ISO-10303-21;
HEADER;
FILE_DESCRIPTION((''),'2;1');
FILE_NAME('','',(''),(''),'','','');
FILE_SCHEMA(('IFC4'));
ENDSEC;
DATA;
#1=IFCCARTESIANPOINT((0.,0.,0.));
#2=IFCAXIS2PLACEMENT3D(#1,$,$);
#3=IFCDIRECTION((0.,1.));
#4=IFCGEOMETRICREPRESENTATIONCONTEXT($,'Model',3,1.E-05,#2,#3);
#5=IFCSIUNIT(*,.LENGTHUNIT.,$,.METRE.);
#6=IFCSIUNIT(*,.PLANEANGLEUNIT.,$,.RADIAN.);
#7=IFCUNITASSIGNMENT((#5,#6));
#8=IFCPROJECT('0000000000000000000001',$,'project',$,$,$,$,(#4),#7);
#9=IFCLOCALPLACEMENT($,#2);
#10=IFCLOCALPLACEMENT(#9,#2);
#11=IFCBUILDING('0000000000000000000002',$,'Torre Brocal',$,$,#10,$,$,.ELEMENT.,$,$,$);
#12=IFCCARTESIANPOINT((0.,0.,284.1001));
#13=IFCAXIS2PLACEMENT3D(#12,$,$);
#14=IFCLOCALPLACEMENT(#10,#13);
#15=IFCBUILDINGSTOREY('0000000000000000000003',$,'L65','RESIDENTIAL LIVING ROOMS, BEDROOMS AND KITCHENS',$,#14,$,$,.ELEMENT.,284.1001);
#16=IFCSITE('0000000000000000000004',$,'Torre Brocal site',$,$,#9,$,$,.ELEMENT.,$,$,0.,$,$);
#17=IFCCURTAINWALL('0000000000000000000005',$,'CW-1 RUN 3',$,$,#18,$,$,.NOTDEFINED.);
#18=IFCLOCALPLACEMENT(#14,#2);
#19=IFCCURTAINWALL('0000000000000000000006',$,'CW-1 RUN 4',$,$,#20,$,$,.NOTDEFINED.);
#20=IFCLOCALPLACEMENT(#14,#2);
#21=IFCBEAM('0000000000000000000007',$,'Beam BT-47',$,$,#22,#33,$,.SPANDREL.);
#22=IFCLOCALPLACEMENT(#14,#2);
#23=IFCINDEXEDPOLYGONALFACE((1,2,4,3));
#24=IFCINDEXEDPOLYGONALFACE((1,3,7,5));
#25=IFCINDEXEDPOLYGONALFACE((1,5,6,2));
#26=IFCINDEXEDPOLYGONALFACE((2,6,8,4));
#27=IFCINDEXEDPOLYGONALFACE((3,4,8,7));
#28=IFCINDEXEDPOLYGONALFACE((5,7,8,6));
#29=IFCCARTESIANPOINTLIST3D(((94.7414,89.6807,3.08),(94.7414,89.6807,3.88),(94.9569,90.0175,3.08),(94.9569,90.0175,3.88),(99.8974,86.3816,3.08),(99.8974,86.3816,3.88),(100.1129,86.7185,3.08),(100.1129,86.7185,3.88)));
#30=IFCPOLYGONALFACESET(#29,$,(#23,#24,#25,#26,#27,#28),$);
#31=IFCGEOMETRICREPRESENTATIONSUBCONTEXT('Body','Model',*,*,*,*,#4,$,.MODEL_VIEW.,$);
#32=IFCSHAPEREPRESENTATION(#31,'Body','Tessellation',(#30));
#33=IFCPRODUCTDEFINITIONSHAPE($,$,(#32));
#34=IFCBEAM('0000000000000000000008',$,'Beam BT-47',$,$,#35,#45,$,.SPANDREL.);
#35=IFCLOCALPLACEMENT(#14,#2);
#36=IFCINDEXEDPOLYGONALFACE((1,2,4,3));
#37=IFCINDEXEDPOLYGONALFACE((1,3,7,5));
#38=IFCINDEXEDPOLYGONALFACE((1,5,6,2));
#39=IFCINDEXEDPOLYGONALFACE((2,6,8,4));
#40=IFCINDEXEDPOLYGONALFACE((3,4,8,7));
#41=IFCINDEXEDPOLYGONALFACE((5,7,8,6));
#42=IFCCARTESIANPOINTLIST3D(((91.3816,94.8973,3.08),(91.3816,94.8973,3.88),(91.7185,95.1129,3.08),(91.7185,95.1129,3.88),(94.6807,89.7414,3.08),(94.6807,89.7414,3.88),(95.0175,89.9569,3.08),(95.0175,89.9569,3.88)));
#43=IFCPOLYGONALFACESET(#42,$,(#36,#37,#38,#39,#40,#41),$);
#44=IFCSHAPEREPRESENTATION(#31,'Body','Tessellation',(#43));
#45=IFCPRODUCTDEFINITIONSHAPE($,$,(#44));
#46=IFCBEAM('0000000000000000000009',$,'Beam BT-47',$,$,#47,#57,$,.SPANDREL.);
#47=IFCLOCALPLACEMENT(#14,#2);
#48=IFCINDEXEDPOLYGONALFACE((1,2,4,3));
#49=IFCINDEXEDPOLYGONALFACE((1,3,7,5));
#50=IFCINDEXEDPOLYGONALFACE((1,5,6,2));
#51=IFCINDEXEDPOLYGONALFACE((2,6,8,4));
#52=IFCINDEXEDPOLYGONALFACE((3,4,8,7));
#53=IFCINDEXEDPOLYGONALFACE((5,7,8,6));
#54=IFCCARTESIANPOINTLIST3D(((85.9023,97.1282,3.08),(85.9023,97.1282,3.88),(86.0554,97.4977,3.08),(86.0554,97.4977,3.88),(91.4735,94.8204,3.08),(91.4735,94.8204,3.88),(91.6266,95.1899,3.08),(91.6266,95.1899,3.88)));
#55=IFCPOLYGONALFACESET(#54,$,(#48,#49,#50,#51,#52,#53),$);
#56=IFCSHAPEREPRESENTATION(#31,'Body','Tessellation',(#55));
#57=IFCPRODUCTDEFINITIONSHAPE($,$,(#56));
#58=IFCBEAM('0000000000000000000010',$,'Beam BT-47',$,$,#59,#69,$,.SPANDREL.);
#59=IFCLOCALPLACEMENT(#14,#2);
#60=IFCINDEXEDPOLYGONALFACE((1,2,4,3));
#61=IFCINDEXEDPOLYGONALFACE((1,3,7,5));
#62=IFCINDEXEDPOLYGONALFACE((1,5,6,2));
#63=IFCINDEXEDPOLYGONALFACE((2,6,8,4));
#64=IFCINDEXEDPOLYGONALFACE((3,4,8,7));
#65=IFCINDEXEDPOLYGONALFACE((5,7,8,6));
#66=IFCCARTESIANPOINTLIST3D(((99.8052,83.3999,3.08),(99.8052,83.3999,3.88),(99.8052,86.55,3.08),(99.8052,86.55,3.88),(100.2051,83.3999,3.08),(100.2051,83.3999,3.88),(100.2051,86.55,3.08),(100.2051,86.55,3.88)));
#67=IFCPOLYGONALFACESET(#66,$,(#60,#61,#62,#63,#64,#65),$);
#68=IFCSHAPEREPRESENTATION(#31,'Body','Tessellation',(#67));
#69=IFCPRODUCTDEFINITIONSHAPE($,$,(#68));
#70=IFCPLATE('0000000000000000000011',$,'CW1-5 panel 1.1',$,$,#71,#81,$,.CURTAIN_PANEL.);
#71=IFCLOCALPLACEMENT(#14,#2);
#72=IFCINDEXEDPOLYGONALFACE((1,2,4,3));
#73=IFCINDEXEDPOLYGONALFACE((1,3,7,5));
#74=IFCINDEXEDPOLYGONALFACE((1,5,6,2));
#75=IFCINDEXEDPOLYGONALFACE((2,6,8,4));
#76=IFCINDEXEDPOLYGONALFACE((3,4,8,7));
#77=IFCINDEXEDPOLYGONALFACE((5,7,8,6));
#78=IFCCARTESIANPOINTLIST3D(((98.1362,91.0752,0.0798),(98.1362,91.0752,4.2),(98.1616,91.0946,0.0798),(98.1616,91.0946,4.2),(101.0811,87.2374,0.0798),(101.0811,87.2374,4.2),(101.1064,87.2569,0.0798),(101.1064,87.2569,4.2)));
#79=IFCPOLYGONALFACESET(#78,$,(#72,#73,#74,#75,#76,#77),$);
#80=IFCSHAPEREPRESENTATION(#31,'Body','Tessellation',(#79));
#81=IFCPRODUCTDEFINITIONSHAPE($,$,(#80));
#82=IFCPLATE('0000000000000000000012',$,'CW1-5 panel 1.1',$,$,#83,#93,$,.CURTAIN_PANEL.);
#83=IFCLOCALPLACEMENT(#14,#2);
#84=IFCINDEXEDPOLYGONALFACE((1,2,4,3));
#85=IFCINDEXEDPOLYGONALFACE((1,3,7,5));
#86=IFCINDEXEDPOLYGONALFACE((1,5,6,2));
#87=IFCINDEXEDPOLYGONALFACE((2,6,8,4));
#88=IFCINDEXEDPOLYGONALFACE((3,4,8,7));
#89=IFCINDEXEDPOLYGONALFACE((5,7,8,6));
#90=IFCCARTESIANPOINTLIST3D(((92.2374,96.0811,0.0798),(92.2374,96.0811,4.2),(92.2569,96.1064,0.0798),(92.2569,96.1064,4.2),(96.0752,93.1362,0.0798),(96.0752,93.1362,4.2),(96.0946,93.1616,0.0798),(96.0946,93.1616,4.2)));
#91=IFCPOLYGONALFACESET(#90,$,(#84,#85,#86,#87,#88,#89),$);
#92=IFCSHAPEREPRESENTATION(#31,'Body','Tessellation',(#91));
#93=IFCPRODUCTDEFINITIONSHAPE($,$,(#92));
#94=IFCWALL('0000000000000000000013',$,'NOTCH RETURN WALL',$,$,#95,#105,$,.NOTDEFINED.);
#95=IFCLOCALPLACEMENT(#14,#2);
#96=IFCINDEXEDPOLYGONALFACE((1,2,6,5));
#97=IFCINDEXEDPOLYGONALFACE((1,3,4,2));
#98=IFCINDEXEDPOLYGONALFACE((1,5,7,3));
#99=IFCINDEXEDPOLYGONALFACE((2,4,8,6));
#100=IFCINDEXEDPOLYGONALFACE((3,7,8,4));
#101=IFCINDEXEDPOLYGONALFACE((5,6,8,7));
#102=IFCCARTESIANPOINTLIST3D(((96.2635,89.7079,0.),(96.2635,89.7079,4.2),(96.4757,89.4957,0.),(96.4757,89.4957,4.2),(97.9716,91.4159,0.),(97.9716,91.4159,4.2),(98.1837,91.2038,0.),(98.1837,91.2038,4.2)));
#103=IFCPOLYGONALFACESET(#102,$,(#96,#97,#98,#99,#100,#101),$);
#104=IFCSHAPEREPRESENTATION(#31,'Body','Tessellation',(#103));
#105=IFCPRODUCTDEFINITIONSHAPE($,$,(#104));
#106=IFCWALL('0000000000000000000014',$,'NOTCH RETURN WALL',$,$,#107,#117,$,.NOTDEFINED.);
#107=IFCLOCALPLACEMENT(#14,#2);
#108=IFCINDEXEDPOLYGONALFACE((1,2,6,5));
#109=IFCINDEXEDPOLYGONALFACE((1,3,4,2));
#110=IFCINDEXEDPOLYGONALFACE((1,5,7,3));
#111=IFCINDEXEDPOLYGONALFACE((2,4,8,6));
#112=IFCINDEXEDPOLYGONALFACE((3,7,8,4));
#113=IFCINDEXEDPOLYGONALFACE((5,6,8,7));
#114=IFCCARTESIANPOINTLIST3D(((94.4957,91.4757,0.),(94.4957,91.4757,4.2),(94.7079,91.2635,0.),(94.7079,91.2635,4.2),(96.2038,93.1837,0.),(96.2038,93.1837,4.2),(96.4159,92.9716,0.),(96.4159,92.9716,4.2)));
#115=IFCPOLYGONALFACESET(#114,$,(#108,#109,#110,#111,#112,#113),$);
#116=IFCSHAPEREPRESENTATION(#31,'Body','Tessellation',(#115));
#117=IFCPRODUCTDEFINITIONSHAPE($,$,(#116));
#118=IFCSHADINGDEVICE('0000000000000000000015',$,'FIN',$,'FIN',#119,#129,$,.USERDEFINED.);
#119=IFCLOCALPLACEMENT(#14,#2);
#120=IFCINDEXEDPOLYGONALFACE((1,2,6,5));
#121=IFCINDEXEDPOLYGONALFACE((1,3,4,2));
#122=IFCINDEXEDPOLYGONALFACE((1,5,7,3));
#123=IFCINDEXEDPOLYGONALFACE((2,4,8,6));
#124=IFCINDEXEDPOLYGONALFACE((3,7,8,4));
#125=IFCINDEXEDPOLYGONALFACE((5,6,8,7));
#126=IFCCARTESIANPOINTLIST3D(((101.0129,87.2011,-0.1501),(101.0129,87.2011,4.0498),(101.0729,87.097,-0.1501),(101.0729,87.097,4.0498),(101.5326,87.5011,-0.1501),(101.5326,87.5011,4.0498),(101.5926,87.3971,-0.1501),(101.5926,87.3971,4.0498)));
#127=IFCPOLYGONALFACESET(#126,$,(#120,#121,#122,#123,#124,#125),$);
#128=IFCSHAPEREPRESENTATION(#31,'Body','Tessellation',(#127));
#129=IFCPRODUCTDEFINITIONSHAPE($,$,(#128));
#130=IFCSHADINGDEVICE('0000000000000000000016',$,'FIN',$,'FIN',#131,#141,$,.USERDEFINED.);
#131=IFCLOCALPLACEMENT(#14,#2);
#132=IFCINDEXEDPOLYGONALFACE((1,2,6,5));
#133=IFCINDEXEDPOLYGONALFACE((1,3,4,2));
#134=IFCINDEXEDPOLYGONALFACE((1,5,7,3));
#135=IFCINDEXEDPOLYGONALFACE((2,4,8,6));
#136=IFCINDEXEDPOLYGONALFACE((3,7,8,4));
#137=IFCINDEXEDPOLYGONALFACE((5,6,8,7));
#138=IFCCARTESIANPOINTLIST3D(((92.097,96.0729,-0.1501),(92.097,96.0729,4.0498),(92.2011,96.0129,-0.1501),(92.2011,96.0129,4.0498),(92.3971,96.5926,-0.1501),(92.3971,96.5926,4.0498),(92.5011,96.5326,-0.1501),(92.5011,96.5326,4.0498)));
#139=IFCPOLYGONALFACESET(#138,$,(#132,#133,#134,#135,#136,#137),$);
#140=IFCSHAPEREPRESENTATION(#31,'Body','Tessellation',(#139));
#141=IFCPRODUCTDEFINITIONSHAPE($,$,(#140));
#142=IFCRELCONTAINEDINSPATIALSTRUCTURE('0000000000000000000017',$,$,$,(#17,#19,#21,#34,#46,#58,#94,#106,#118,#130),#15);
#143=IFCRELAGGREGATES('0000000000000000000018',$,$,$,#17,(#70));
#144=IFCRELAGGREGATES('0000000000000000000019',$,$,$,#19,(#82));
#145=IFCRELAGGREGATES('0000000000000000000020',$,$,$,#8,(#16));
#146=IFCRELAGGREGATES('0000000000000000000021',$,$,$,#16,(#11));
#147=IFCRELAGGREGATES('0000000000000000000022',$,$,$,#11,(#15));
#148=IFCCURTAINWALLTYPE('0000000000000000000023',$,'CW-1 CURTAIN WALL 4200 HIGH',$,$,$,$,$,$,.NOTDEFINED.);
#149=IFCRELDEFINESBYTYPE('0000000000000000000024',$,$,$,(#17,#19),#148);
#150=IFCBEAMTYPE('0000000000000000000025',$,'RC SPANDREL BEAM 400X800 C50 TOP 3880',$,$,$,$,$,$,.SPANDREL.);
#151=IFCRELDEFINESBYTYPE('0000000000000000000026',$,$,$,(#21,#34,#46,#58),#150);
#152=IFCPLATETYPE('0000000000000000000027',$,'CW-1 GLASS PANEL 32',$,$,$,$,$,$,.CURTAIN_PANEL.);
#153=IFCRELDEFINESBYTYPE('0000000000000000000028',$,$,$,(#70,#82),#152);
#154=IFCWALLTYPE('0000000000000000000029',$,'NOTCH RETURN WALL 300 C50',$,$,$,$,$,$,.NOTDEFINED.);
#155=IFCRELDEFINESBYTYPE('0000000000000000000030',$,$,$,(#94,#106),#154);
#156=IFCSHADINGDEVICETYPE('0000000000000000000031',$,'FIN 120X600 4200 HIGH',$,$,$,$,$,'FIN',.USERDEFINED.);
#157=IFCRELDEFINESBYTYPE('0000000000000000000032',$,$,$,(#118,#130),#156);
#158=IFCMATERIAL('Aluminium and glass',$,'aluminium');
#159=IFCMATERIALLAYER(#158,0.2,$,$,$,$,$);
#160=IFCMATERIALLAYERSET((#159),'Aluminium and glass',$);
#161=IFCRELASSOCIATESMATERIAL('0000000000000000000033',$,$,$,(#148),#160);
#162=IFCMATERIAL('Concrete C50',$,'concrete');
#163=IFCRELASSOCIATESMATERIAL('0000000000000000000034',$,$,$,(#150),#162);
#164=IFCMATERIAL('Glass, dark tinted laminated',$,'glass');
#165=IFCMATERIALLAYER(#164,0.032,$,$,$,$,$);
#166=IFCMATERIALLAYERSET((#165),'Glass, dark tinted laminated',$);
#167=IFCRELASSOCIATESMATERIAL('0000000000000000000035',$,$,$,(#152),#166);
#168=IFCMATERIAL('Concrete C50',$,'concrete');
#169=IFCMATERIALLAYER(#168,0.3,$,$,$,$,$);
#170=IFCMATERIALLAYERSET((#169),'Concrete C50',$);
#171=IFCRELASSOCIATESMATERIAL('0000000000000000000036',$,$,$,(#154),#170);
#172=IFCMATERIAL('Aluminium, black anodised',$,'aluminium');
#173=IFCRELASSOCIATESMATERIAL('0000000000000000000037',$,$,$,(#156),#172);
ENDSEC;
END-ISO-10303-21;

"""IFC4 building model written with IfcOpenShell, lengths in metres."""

from ifc_helpers import new_model, si_unit, direction, frame, frame_2d, origin, origin_2d, place, context, subcontext, project, spatial, rectangle, extrude, material, layer, layer_set, material_profile, profile_set, type_object, element, aggregate, save


model = new_model("IFC4")

# Units and contexts
model_context = context("Model", 3, precision=1e-05, world=origin(), true_north=direction((0.0, 1.0)))
body_context = subcontext(model_context, "Body", "Model", "MODEL_VIEW")
ifc_project = project(units=[si_unit("LENGTHUNIT", "METRE"), si_unit("PLANEANGLEUNIT", "RADIAN")], contexts=[model_context])

# Site, building, storey
site_placement = place(None, origin())
site = spatial("IfcSite", under=ifc_project, at=site_placement, Name="Torre Brocal site", CompositionType="ELEMENT", RefElevation=0.0)
building_placement = place(site_placement, origin())
building = spatial("IfcBuilding", under=site, at=building_placement, Name="Torre Brocal", CompositionType="ELEMENT")
storey_placement = place(building_placement, frame((0.0, 0.0, 284.1001)))
storey = spatial("IfcBuildingStorey", under=building, at=storey_placement, Name="L65", Description="RESIDENTIAL LIVING ROOMS, BEDROOMS AND KITCHENS", CompositionType="ELEMENT", Elevation=284.1001)

# Shared definitions
ifc_material_1 = material(Name="Aluminium and glass", Category="aluminium")
ifc_layer_1 = layer(ifc_material_1, 0.2)
ifc_layer_set_1 = layer_set([ifc_layer_1], Name="Aluminium and glass")
curtain_wall_type = type_object("IfcCurtainWallType", Name="CW-1 CURTAIN WALL 4200 HIGH", PredefinedType="NOTDEFINED", material=ifc_layer_set_1)

# Curtain walls
curtain_wall_1_placement = place(storey_placement, origin())
curtain_wall_1 = element("IfcCurtainWall", 1, at=curtain_wall_1_placement, inside=storey, type_object=curtain_wall_type, Name="CW-1 RUN 3", PredefinedType="NOTDEFINED")
curtain_wall_2_placement = place(storey_placement, origin())
curtain_wall_2 = element("IfcCurtainWall", 2, at=curtain_wall_2_placement, inside=storey, type_object=curtain_wall_type, Name="CW-1 RUN 4", PredefinedType="NOTDEFINED")

# Beams
ifc_material_2 = material(Name="Concrete C50", Category="concrete")
ifc_material_profile_1 = material_profile(ifc_material_2, rectangle(XDim=0.3999, YDim=0.8, at=origin_2d()), Name="RC 400X800")
ifc_profile_set_1 = profile_set([ifc_material_profile_1], Name="Concrete C50")
beam_type_1 = type_object("IfcBeamType", Name="RC SPANDREL BEAM 400X800 C50 TOP 3880", PredefinedType="SPANDREL", material=ifc_profile_set_1)
for number, where, z_axis, x_axis, name in (
    (3, (100.0051, 86.55, 3.48), (-0.842329, 0.538964, 0.0), (-0.538964, -0.842329, 0.0), "Beam BT-47"),
    (4, (94.8491, 89.8491, 3.48), (-0.538964, 0.842329, 0.0), (-0.842329, -0.538964, 0.0), "Beam BT-47"),
):
    element("IfcBeam", number, at=place(storey_placement, frame(where, z_axis=z_axis, x_axis=x_axis)), inside=storey, type_object=beam_type_1, Name=name, PredefinedType="SPANDREL", context=body_context, shape_type="SweptSolid", body=[
        extrude(rectangle(XDim=0.3999, YDim=0.8, at=origin_2d()), origin(), (0.0, 0.0, 1.0), 6.1211),
    ])
beam_1_placement = place(storey_placement, frame((91.55, 95.0051, 3.48), z_axis=(-0.92387, 0.382706, 0.0), x_axis=(-0.382706, -0.92387, 0.0)))
element("IfcBeam", 5, at=beam_1_placement, inside=storey, type_object=beam_type_1, Name="Beam BT-47", PredefinedType="SPANDREL", context=body_context, shape_type="SweptSolid", body=[
    extrude(rectangle(XDim=0.3999, YDim=0.8, at=origin_2d()), origin(), (0.0, 0.0, 1.0), 6.0303),
])
beam_2_placement = place(storey_placement, frame((100.0051, 86.55, 3.48), z_axis=(0.0, -1.0, 0.0), x_axis=(1.0, 0.0, 0.0)))
element("IfcBeam", 6, at=beam_2_placement, inside=storey, type_object=beam_type_1, Name="Beam BT-47", PredefinedType="SPANDREL", context=body_context, shape_type="SweptSolid", body=[
    extrude(rectangle(XDim=0.3999, YDim=0.8, at=origin_2d()), origin(), (0.0, 0.0, 1.0), 3.1501),
])

# Plates
ifc_material_3 = material(Name="Glass, dark tinted laminated", Category="glass")
ifc_layer_2 = layer(ifc_material_3, 0.032)
ifc_layer_set_2 = layer_set([ifc_layer_2], Name="Glass, dark tinted laminated")
plate_type = type_object("IfcPlateType", Name="CW-1 GLASS PANEL 32", PredefinedType="CURTAIN_PANEL", material=ifc_layer_set_2)
plate_1_placement = place(storey_placement, frame((99.6213, 89.166, 0.0798), z_axis=(0.0, 0.0, 1.0), x_axis=(-0.608761, 0.793353, 0.0)))
plate_1 = element("IfcPlate", 7, at=plate_1_placement, type_object=plate_type, Name="CW1-5 panel 1.1", PredefinedType="CURTAIN_PANEL", context=body_context, shape_type="SweptSolid", body=[
    extrude(rectangle(XDim=4.8374, YDim=0.032, at=origin_2d()), origin(), (0.0, 0.0, 1.0), 4.1201),
])
aggregate(curtain_wall_1, [plate_1])
plate_2_placement = place(storey_placement, frame((94.166, 94.6213, 0.0798), z_axis=(0.0, 0.0, 1.0), x_axis=(-0.793353, 0.608761, 0.0)))
plate_2 = element("IfcPlate", 8, at=plate_2_placement, type_object=plate_type, Name="CW1-5 panel 1.1", PredefinedType="CURTAIN_PANEL", context=body_context, shape_type="SweptSolid", body=[
    extrude(rectangle(XDim=4.8374, YDim=0.032, at=origin_2d()), origin(), (0.0, 0.0, 1.0), 4.1201),
])
aggregate(curtain_wall_2, [plate_2])

# Walls
ifc_material_4 = material(Name="Concrete C50", Category="concrete")
ifc_layer_3 = layer(ifc_material_4, 0.3)
ifc_layer_set_3 = layer_set([ifc_layer_3], Name="Concrete C50")
wall_type = type_object("IfcWallType", Name="NOTCH RETURN WALL 300 C50", PredefinedType="NOTDEFINED", material=ifc_layer_set_3)
for number, where, z_axis, x_axis, name in (
    (9, (96.3696, 89.6018, 0.0), (0.0, 0.0, 1.0), (0.707107, 0.707107, 0.0), "NOTCH RETURN WALL"),
    (10, (94.6018, 91.3696, 0.0), (0.0, 0.0, 1.0), (0.707107, 0.707107, 0.0), "NOTCH RETURN WALL"),
):
    element("IfcWall", number, at=place(storey_placement, frame(where, z_axis=z_axis, x_axis=x_axis)), inside=storey, type_object=wall_type, Name=name, PredefinedType="NOTDEFINED", context=body_context, shape_type="SweptSolid", body=[
        extrude(rectangle(XDim=2.4155, YDim=0.3, at=frame_2d((1.2078, 0.0))), origin(), (0.0, 0.0, 1.0), 4.2),
    ])

# Shading devices
ifc_material_5 = material(Name="Aluminium, black anodised", Category="aluminium")
ifc_material_profile_2 = material_profile(ifc_material_5, rectangle(XDim=0.1201, YDim=0.6001, at=origin_2d()), Name="FIN 120X600 4200 HIGH")
ifc_profile_set_2 = profile_set([ifc_material_profile_2], Name="Aluminium, black anodised")
shading_device_type = type_object("IfcShadingDeviceType", Name="FIN 120X600 4200 HIGH", ElementType="FIN", PredefinedType="USERDEFINED", material=ifc_profile_set_2)
for number, where, z_axis, x_axis, name in (
    (11, (101.3027, 87.2991, -0.1501), (0.0, 0.0, 1.0), (-0.5, 0.866025, 0.0), "FIN"),
    (12, (92.2991, 96.3027, -0.1501), (0.0, 0.0, 1.0), (-0.866025, 0.5, 0.0), "FIN"),
):
    element("IfcShadingDevice", number, at=place(storey_placement, frame(where, z_axis=z_axis, x_axis=x_axis)), inside=storey, type_object=shading_device_type, Name=name, ObjectType="FIN", PredefinedType="USERDEFINED", context=body_context, shape_type="SweptSolid", body=[
        extrude(rectangle(XDim=0.1201, YDim=0.6001, at=origin_2d()), origin(), (0.0, 0.0, 1.0), 4.2),
    ])

save(model, "model.ifc")
